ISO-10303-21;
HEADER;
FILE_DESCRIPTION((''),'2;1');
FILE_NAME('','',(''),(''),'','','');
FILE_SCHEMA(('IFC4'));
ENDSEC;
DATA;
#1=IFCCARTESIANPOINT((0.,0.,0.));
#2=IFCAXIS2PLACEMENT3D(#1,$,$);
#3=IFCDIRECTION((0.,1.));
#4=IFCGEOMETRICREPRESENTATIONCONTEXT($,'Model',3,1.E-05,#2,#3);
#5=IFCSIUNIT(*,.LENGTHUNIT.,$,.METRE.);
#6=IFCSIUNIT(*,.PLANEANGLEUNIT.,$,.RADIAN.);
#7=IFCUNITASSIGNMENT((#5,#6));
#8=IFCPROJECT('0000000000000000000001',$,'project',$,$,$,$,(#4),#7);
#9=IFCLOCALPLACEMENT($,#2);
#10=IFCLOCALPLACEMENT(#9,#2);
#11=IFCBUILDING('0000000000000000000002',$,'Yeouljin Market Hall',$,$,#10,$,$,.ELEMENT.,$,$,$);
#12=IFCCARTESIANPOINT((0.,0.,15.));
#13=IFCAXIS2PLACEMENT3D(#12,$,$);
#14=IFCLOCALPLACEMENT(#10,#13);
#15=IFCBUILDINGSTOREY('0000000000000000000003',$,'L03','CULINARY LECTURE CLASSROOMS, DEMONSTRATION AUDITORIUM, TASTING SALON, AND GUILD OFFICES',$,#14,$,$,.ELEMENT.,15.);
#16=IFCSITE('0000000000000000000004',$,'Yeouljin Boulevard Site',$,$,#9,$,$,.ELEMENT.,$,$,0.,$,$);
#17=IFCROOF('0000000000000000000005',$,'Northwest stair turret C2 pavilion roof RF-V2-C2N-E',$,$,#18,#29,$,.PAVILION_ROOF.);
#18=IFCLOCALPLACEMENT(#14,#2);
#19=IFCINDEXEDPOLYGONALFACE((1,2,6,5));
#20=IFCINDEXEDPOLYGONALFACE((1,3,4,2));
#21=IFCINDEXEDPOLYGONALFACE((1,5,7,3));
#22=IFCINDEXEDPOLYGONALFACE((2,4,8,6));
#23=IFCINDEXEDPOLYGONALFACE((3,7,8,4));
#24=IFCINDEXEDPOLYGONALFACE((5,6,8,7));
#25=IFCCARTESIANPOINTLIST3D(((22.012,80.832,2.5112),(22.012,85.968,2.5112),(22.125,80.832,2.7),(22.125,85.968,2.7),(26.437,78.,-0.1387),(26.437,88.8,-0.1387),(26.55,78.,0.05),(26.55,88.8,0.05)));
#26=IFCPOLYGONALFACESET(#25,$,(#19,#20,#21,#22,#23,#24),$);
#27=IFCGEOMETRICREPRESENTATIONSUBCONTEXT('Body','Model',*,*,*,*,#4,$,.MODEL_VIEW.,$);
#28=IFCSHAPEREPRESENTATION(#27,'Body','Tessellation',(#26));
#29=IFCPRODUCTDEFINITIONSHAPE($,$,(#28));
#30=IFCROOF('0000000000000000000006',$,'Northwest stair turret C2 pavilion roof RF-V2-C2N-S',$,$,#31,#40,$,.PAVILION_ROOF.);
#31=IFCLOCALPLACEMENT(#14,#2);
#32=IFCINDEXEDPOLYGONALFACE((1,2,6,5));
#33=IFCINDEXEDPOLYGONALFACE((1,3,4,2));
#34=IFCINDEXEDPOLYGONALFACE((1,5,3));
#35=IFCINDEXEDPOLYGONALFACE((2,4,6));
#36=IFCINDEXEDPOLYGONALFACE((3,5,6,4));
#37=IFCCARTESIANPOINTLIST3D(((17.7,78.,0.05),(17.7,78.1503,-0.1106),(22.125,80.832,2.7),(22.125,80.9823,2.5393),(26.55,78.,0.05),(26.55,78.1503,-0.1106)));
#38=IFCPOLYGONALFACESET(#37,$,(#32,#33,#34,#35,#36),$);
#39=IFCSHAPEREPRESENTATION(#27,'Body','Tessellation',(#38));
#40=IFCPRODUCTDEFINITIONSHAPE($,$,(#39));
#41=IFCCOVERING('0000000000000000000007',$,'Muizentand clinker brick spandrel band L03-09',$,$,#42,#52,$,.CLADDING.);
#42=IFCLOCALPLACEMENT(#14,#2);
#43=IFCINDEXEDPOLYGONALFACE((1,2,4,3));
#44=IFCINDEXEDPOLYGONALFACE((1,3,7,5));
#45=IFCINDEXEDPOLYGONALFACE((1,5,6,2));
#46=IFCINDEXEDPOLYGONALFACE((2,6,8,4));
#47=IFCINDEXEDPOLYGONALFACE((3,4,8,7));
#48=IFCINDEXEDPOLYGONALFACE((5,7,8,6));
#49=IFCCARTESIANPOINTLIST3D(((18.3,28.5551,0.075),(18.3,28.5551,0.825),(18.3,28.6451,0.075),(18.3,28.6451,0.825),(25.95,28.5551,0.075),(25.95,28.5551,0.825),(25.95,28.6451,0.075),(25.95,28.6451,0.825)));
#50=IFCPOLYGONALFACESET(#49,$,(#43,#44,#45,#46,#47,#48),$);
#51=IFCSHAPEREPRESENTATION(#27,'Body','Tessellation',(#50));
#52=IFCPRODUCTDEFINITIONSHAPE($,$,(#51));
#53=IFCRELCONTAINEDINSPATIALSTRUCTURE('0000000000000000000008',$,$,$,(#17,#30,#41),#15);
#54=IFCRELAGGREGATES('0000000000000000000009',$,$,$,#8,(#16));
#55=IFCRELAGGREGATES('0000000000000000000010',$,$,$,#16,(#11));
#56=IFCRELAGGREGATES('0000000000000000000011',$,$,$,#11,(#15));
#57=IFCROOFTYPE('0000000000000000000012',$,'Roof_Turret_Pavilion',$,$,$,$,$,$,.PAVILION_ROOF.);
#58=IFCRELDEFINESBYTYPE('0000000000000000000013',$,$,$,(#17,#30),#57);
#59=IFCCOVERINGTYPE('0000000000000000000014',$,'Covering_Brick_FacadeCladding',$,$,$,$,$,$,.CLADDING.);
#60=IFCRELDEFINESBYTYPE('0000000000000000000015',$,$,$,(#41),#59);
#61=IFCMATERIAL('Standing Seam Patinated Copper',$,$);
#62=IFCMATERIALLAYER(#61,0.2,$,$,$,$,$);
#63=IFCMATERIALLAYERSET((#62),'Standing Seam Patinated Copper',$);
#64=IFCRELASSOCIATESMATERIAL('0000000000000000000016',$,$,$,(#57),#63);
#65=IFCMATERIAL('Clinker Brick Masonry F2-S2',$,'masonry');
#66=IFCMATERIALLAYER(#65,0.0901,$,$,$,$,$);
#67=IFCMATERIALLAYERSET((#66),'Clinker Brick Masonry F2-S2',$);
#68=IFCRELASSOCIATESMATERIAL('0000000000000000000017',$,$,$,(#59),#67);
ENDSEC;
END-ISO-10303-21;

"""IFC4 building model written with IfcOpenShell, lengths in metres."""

from ifc_helpers import new_model, si_unit, direction, frame, origin, origin_2d, place, context, subcontext, project, spatial, polyline, rectangle, outline, extrude, material, layer, layer_set, type_object, element, save


model = new_model("IFC4")

# Units and contexts
model_context = context("Model", 3, precision=1e-05, world=origin(), true_north=direction((0.0, 1.0)))
body_context = subcontext(model_context, "Body", "Model", "MODEL_VIEW")
ifc_project = project(units=[si_unit("LENGTHUNIT", "METRE"), si_unit("PLANEANGLEUNIT", "RADIAN")], contexts=[model_context])

# Site, building, storey
site_placement = place(None, origin())
site = spatial("IfcSite", under=ifc_project, at=site_placement, Name="Yeouljin Boulevard Site", CompositionType="ELEMENT", RefElevation=0.0)
building_placement = place(site_placement, origin())
building = spatial("IfcBuilding", under=site, at=building_placement, Name="Yeouljin Market Hall", CompositionType="ELEMENT")
storey_placement = place(building_placement, frame((0.0, 0.0, 15.0)))
storey = spatial("IfcBuildingStorey", under=building, at=storey_placement, Name="L03", Description="CULINARY LECTURE CLASSROOMS, DEMONSTRATION AUDITORIUM, TASTING SALON, AND GUILD OFFICES", CompositionType="ELEMENT", Elevation=15.0)

# Roofs
ifc_material_1 = material(Name="Standing Seam Patinated Copper")
ifc_layer_1 = layer(ifc_material_1, 0.2)
ifc_layer_set_1 = layer_set([ifc_layer_1], Name="Standing Seam Patinated Copper")
roof_type_1 = type_object("IfcRoofType", Name="Roof_Turret_Pavilion", PredefinedType="PAVILION_ROOF", material=ifc_layer_set_1)
roof_1_placement = place(storey_placement, frame((26.55, 78.0, 0.05), z_axis=(0.513765, 0.0, 0.857931), x_axis=(0.0, 1.0, 0.0)))
element("IfcRoof", 1, at=roof_1_placement, inside=storey, type_object=roof_type_1, Name="Northwest stair turret C2 pavilion roof RF-V2-C2N-E", PredefinedType="PAVILION_ROOF", context=body_context, shape_type="SweptSolid", body=[
    extrude(outline(polyline([(0.0, 0.0), (10.8, 0.0), (7.968, 5.1578), (2.832, 5.1578), (0.0, 0.0)])), origin(), (0.0, 0.0, -1.0), 0.22),
])
roof_2_placement = place(storey_placement, frame((17.7, 78.0, 0.05), z_axis=(0.0, -0.683237, 0.730196), x_axis=(1.0, 0.0, 0.0)))
element("IfcRoof", 2, at=roof_2_placement, inside=storey, type_object=roof_type_1, Name="Northwest stair turret C2 pavilion roof RF-V2-C2N-S", PredefinedType="PAVILION_ROOF", context=body_context, shape_type="SweptSolid", body=[
    extrude(outline(polyline([(0.0, 0.0), (8.8501, 0.0), (4.425, 3.8785), (0.0, 0.0)])), origin(), (0.0, 0.0, -1.0), 0.22),
])

# Covering
ifc_material_2 = material(Name="Clinker Brick Masonry F2-S2", Category="masonry")
ifc_layer_2 = layer(ifc_material_2, 0.0901)
ifc_layer_set_2 = layer_set([ifc_layer_2], Name="Clinker Brick Masonry F2-S2")
covering_type = type_object("IfcCoveringType", Name="Covering_Brick_FacadeCladding", PredefinedType="CLADDING", material=ifc_layer_set_2)
covering_placement = place(storey_placement, frame((22.125, 28.6001, 0.075), z_axis=(0.0, 0.0, 1.0), x_axis=(1.0, 0.0, 0.0)))
element("IfcCovering", 3, at=covering_placement, inside=storey, type_object=covering_type, Name="Muizentand clinker brick spandrel band L03-09", PredefinedType="CLADDING", context=body_context, shape_type="SweptSolid", body=[
    extrude(rectangle(XDim=7.6499, YDim=0.0901, at=origin_2d()), origin(), (0.0, 0.0, 1.0), 0.75),
])

save(model, "model.ifc")
